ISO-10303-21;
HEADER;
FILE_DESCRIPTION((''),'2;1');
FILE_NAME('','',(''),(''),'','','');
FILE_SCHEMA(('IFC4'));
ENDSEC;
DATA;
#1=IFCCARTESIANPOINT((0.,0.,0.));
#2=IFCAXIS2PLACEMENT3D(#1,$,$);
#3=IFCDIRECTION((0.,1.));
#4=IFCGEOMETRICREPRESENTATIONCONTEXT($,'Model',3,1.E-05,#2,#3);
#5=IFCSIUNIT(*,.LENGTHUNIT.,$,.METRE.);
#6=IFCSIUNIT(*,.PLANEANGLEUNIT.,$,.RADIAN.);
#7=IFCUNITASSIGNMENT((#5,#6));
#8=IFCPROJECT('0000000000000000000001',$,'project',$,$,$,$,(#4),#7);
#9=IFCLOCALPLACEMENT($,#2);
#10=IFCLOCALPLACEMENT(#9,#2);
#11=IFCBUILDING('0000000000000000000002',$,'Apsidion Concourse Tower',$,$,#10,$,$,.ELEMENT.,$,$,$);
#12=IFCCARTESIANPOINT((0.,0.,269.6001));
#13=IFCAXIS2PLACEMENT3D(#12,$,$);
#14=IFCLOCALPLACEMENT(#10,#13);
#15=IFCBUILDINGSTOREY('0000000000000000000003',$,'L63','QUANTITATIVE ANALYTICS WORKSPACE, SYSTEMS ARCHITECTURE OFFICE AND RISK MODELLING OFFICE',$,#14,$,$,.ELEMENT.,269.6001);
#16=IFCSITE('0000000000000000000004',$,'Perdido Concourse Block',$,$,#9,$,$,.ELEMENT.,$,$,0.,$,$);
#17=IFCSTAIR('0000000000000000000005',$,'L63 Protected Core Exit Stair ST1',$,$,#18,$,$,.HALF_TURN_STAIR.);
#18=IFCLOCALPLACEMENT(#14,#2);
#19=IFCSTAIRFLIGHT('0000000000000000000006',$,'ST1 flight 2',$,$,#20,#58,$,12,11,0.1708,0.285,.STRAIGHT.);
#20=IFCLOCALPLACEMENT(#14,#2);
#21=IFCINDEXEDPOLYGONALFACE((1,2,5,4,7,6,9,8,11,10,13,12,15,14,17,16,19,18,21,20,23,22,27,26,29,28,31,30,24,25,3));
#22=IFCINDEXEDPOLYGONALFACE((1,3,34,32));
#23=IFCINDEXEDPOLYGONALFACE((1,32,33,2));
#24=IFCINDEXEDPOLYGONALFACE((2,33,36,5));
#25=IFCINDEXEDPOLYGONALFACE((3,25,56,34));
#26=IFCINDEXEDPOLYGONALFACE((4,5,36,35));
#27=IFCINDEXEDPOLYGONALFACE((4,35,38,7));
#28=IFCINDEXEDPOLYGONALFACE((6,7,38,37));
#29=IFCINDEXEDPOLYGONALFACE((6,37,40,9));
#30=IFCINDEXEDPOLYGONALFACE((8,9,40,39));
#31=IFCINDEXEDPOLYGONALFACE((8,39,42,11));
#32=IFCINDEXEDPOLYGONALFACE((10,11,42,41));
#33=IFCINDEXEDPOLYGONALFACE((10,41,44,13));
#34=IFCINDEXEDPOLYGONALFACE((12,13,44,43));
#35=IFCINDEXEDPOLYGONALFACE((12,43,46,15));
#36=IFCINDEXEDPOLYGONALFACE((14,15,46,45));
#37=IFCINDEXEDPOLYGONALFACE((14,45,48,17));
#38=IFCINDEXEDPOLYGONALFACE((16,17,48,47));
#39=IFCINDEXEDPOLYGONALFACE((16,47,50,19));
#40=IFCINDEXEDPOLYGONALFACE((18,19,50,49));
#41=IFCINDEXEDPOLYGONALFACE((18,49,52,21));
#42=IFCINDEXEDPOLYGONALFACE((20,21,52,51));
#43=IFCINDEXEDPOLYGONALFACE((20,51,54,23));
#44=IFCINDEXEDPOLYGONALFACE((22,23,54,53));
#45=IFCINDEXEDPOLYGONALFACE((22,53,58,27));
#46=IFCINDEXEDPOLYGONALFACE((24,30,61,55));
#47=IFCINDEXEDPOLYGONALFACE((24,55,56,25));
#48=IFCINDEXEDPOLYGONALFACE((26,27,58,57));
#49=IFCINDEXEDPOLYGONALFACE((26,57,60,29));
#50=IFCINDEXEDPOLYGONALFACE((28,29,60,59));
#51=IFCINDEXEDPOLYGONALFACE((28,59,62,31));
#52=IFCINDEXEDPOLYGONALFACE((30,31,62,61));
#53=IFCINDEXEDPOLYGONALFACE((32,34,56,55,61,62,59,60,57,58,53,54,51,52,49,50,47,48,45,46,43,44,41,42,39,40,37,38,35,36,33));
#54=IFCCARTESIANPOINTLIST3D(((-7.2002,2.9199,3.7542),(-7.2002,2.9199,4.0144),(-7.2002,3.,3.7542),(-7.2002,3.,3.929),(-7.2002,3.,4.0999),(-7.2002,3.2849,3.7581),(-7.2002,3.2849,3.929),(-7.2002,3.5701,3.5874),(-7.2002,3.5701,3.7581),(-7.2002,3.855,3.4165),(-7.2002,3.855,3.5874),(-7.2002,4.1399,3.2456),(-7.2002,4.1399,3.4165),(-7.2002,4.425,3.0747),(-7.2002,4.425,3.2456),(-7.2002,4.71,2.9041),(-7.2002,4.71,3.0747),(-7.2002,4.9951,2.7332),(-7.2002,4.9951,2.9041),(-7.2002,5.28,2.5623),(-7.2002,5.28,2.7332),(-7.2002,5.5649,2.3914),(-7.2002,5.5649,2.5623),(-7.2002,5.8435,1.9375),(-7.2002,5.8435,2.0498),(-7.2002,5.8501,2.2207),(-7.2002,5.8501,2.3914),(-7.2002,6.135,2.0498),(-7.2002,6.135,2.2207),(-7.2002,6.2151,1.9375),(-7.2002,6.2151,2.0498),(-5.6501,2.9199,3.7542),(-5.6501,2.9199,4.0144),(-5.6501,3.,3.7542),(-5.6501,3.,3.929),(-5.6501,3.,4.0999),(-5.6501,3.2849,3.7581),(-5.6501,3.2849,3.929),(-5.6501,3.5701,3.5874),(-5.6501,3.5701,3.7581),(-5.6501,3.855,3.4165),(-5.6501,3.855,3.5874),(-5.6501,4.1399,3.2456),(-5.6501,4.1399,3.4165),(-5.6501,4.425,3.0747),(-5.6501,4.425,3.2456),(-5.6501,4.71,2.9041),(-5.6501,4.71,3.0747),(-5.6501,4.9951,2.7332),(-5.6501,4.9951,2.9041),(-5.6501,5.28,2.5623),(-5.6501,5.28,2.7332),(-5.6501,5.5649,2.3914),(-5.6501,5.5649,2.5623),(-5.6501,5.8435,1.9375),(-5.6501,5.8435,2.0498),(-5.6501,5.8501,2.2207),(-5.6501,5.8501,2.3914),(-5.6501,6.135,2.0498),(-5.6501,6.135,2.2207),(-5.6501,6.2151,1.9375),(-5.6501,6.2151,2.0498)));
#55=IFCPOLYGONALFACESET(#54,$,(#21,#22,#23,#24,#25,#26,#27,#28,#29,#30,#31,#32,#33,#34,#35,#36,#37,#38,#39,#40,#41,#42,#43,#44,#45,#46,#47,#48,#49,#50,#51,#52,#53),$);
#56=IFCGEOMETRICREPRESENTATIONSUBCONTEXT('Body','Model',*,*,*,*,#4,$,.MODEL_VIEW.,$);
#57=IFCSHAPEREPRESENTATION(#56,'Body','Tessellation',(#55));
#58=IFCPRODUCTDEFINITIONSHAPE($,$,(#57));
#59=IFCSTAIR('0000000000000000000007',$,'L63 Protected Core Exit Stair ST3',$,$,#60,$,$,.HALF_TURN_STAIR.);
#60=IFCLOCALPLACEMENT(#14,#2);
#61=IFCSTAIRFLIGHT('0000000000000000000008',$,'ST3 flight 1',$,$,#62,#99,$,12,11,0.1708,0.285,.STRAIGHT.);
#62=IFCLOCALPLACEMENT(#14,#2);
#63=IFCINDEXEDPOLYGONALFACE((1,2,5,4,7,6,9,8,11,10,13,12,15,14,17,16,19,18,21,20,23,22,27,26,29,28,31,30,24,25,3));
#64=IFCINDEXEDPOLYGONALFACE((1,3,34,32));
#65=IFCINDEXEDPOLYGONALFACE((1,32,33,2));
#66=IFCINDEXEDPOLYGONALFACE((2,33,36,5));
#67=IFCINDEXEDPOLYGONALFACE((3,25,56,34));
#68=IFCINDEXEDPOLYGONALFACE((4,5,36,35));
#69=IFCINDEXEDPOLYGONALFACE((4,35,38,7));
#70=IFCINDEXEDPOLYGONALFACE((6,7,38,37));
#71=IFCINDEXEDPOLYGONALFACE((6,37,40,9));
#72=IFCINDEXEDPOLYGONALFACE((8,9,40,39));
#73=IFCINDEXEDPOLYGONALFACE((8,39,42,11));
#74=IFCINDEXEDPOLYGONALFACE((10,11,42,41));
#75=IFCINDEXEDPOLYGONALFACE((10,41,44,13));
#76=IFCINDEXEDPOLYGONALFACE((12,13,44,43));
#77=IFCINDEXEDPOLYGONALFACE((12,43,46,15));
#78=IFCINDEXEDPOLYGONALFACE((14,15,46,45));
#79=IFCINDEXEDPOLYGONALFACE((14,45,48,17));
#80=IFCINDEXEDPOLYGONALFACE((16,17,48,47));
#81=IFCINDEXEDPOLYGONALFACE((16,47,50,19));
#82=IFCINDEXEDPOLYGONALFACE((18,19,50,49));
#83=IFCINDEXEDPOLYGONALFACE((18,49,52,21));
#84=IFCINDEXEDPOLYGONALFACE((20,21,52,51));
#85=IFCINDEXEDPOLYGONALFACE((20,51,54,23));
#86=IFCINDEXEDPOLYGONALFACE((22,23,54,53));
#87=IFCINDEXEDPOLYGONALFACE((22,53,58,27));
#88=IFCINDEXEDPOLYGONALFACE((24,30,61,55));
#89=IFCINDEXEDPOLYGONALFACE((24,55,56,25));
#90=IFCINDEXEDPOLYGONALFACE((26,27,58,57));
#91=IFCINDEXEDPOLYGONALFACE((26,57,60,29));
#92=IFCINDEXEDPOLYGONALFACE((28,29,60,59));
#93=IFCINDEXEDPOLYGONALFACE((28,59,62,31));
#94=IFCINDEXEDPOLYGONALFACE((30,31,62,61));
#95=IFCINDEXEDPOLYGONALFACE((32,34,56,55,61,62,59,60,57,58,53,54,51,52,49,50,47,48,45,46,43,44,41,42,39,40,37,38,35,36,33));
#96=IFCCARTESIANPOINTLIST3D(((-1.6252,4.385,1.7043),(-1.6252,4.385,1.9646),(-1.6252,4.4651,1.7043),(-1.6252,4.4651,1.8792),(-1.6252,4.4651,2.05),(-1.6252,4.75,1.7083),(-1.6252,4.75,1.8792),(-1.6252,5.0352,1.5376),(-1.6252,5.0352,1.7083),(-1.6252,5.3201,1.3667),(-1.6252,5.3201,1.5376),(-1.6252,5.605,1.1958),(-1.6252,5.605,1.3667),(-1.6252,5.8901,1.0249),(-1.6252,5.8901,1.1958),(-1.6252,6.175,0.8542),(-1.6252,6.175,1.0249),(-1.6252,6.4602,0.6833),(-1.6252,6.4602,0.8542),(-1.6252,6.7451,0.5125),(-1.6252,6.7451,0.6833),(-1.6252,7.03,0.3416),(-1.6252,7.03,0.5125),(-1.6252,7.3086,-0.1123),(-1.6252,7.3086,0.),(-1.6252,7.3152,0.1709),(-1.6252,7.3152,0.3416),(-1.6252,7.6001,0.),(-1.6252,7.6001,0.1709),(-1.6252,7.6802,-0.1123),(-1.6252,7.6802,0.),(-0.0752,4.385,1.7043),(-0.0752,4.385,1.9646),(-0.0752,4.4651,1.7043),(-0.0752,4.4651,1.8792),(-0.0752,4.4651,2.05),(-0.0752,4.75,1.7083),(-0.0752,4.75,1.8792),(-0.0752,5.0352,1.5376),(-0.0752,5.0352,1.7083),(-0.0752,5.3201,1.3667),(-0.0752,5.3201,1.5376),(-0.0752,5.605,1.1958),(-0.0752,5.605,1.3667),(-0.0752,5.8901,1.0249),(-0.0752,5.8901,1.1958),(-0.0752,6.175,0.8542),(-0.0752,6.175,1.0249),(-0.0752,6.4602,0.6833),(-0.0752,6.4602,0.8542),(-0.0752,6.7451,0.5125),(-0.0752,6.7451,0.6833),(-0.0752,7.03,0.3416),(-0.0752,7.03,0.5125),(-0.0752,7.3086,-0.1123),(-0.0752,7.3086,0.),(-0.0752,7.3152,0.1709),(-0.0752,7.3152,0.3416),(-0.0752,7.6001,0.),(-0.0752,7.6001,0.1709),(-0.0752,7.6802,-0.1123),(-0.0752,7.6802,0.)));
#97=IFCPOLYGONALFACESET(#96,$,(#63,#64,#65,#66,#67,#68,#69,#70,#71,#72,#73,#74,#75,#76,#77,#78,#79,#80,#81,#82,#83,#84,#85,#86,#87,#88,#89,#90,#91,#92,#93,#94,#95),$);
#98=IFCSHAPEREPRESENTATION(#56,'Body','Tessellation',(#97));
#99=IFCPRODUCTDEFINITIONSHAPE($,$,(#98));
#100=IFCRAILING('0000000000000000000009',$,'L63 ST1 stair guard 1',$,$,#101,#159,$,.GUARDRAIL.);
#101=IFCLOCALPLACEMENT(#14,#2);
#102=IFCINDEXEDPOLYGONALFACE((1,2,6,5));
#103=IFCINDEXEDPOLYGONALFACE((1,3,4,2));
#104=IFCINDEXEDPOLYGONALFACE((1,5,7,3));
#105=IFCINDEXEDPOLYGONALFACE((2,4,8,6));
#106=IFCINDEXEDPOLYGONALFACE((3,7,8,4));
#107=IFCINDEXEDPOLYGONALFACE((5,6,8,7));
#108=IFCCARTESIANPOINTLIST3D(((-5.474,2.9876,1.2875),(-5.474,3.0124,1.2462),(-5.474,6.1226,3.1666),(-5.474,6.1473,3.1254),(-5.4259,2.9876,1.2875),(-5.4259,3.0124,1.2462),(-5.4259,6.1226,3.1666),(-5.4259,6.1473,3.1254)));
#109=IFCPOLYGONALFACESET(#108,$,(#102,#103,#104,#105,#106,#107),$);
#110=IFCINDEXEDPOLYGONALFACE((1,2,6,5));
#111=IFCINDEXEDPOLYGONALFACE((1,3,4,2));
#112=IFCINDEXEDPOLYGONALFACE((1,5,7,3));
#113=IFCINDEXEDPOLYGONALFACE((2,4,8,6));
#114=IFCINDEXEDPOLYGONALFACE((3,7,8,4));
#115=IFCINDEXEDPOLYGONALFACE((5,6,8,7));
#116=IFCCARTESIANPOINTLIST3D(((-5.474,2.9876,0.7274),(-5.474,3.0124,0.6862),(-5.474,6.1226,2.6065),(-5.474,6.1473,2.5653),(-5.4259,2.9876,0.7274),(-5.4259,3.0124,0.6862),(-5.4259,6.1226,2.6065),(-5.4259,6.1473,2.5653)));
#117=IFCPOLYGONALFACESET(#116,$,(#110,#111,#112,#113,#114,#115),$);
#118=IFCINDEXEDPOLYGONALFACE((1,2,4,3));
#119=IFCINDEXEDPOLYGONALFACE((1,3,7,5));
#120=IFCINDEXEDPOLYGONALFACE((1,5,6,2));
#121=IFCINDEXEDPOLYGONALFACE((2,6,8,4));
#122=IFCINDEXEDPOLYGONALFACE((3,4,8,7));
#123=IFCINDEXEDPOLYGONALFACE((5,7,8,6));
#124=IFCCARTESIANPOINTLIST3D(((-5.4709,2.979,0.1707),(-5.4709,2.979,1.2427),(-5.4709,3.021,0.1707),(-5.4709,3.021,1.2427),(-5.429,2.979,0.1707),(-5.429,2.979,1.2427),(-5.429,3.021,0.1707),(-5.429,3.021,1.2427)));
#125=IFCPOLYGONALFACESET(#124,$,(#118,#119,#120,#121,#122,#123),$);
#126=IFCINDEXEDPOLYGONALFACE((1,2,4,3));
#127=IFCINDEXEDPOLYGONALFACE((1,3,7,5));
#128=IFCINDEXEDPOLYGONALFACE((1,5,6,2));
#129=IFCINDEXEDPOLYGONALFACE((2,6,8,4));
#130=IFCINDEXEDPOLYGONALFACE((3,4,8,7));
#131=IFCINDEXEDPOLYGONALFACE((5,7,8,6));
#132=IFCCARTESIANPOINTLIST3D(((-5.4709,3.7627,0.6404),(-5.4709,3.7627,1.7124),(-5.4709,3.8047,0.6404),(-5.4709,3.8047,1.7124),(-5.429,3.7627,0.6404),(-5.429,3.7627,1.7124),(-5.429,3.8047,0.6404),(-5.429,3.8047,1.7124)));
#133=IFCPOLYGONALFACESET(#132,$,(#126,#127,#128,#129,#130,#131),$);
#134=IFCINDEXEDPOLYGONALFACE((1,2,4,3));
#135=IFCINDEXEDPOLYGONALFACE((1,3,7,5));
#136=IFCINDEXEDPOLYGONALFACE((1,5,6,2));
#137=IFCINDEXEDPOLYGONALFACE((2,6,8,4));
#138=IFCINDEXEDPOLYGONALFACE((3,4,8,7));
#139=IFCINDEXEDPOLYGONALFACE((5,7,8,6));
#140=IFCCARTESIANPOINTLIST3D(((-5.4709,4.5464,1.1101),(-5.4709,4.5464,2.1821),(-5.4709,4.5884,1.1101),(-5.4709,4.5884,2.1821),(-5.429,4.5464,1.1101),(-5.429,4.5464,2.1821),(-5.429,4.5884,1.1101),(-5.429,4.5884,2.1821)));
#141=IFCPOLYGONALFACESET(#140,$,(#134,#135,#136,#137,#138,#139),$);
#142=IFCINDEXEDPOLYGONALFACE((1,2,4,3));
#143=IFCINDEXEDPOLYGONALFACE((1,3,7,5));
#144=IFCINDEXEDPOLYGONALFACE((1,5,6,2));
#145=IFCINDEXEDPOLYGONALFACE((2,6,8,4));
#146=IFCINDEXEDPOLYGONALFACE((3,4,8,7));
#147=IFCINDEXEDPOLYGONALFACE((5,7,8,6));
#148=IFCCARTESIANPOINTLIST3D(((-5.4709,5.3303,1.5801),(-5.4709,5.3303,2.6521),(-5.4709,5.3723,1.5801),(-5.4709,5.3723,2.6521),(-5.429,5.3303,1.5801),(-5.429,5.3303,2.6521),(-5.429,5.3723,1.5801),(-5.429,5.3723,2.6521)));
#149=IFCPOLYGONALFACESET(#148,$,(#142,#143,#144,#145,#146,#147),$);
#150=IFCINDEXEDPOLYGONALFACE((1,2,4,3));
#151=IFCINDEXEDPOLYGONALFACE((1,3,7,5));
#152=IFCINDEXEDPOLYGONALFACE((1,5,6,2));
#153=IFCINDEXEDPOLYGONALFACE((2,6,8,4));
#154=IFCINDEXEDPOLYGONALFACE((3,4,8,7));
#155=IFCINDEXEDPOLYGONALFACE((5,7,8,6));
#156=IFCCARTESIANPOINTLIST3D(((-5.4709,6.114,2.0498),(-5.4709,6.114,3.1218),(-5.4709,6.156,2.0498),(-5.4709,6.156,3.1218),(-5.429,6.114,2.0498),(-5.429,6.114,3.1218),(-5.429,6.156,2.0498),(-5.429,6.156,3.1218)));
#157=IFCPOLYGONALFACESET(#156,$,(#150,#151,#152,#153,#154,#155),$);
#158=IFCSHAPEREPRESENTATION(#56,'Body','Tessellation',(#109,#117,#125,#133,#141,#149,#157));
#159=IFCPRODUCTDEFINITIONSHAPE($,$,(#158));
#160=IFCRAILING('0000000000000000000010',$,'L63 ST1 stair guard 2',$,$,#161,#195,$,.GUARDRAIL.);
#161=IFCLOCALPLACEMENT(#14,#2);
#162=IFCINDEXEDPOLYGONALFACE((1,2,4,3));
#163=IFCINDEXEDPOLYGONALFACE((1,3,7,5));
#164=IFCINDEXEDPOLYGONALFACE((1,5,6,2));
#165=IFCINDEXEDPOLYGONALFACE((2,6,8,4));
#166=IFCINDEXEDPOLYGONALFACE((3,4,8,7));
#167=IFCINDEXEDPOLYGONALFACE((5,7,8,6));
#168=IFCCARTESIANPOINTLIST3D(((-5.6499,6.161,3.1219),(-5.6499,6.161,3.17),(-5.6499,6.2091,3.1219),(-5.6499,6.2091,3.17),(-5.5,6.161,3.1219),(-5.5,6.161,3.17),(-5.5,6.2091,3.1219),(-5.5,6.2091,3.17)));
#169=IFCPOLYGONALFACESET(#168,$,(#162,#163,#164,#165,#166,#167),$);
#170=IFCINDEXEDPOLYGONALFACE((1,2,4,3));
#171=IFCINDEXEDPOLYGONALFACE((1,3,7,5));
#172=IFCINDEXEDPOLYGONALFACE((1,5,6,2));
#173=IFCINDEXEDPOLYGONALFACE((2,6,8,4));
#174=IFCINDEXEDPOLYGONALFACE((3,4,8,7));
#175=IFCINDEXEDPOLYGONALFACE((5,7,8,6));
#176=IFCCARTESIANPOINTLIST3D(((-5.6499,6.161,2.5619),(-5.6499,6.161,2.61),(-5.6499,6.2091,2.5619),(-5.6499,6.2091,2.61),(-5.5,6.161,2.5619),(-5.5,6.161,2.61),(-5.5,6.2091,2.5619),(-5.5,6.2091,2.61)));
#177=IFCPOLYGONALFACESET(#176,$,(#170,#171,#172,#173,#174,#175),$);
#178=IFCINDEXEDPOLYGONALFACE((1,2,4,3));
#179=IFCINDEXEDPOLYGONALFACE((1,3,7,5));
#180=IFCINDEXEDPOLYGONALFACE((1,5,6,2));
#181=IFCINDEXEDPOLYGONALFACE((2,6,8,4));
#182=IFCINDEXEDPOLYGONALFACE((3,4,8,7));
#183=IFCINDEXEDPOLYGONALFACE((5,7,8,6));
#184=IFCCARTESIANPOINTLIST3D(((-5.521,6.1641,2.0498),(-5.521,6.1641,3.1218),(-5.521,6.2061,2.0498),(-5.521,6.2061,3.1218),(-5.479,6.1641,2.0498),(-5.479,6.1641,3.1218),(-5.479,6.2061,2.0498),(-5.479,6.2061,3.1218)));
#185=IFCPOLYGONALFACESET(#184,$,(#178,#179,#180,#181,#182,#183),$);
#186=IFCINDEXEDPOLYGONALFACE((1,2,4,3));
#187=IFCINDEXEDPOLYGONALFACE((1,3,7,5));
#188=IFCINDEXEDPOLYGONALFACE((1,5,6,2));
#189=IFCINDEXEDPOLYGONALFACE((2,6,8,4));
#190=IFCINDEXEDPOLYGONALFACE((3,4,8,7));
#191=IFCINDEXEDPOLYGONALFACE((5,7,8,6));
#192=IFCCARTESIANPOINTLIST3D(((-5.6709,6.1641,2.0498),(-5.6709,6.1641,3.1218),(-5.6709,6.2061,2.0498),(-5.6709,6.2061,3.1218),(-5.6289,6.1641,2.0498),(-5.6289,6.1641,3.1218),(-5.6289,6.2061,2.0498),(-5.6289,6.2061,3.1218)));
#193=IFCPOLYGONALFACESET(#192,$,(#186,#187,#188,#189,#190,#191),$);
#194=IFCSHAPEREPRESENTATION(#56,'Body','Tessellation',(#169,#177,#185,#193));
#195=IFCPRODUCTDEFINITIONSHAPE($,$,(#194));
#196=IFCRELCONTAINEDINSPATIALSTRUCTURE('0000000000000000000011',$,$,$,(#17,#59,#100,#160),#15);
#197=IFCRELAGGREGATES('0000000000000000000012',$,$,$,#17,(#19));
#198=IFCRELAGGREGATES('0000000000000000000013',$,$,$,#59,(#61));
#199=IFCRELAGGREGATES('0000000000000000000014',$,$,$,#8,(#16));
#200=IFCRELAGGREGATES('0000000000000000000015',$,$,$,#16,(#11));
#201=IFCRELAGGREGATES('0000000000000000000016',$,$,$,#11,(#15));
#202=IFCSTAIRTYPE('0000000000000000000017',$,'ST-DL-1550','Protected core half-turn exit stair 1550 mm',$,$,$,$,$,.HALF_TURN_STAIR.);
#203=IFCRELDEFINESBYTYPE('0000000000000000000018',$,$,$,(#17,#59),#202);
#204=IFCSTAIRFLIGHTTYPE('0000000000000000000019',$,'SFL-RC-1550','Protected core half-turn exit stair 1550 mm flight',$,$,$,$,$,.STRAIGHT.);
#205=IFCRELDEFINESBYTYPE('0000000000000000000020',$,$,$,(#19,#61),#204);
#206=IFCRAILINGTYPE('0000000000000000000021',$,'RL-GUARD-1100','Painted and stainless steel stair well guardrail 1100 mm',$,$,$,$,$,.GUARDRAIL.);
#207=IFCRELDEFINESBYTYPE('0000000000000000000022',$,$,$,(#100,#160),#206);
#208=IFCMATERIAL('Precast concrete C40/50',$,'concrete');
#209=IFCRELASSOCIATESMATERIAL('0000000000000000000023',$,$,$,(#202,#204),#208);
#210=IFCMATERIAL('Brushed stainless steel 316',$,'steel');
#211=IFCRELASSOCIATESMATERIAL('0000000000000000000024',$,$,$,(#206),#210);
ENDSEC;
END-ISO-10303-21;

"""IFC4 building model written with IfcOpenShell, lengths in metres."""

from ifc_helpers import new_model, si_unit, direction, frame, origin, origin_2d, place, context, subcontext, project, spatial, polyline, rectangle, outline, extrude, material, type_object, element, aggregate, save


model = new_model("IFC4")

# Units and contexts
model_context = context("Model", 3, precision=1e-05, world=origin(), true_north=direction((0.0, 1.0)))
body_context = subcontext(model_context, "Body", "Model", "MODEL_VIEW")
ifc_project = project(units=[si_unit("LENGTHUNIT", "METRE"), si_unit("PLANEANGLEUNIT", "RADIAN")], contexts=[model_context])

# Site, building, storey
site_placement = place(None, origin())
site = spatial("IfcSite", under=ifc_project, at=site_placement, Name="Perdido Concourse Block", CompositionType="ELEMENT", RefElevation=0.0)
building_placement = place(site_placement, origin())
building = spatial("IfcBuilding", under=site, at=building_placement, Name="Apsidion Concourse Tower", CompositionType="ELEMENT")
storey_placement = place(building_placement, frame((0.0, 0.0, 269.6001)))
storey = spatial("IfcBuildingStorey", under=building, at=storey_placement, Name="L63", Description="QUANTITATIVE ANALYTICS WORKSPACE, SYSTEMS ARCHITECTURE OFFICE AND RISK MODELLING OFFICE", CompositionType="ELEMENT", Elevation=269.6001)

# Shared definitions
ifc_material_1 = material(Name="Brushed stainless steel 316", Category="steel")

# Stair, stair flight
ifc_material_2 = material(Name="Precast concrete C40/50", Category="concrete")
stair_type = type_object("IfcStairType", Name="ST-DL-1550", Description="Protected core half-turn exit stair 1550 mm", PredefinedType="HALF_TURN_STAIR", material=ifc_material_2)
stair_1_placement = place(storey_placement, origin())
stair_1 = element("IfcStair", 1, at=stair_1_placement, inside=storey, type_object=stair_type, Name="L63 Protected Core Exit Stair ST1", PredefinedType="HALF_TURN_STAIR")
stair_flight_type = type_object("IfcStairFlightType", Name="SFL-RC-1550", Description="Protected core half-turn exit stair 1550 mm flight", PredefinedType="STRAIGHT", material=ifc_material_2)
stair_flight_1_placement = place(storey_placement, frame((-6.425, 6.135, 2.0498), z_axis=(0.0, 0.0, 1.0), x_axis=(0.0, -1.0, 0.0)))
stair_flight_1 = element("IfcStairFlight", 2, at=stair_flight_1_placement, type_object=stair_flight_type, Name="ST1 flight 2", NumberOfRisers=12, NumberOfTreads=11, PredefinedType="STRAIGHT", RiserHeight=0.1708, TreadLength=0.285, context=body_context, shape_type="SweptSolid", body=[
    extrude(outline(polyline([(-0.0801, -0.1123), (-0.0801, 0.0), (0.0, 0.0), (0.0, 0.1709), (0.2849, 0.1709), (0.2849, 0.3416), (0.5701, 0.3416), (0.5701, 0.5125), (0.855, 0.5125), (0.855, 0.6833), (1.1399, 0.6833), (1.1399, 0.8542), (1.425, 0.8542), (1.425, 1.0249), (1.71, 1.0249), (1.71, 1.1958), (1.9951, 1.1958), (1.9951, 1.3667), (2.28, 1.3667), (2.28, 1.5376), (2.5649, 1.5376), (2.5649, 1.7083), (2.8501, 1.7083), (2.8501, 1.8792), (3.135, 1.8792), (3.135, 2.05), (3.2151, 1.9646), (3.2151, 1.7043), (3.135, 1.7043), (0.2915, 0.0), (0.2915, -0.1123), (-0.0801, -0.1123)])), frame((0.0, 0.7749, 0.0), z_axis=(0.0, -1.0, 0.0), x_axis=(1.0, 0.0, 0.0)), (0.0, 0.0, 1.0), 1.55),
])
aggregate(stair_1, [stair_flight_1])

# Stair, stair flight
stair_2_placement = place(storey_placement, origin())
stair_2 = element("IfcStair", 3, at=stair_2_placement, inside=storey, type_object=stair_type, Name="L63 Protected Core Exit Stair ST3", PredefinedType="HALF_TURN_STAIR")
stair_flight_2_placement = place(storey_placement, frame((-0.8501, 7.6001, 0.0), z_axis=(0.0, 0.0, 1.0), x_axis=(0.0, -1.0, 0.0)))
stair_flight_2 = element("IfcStairFlight", 4, at=stair_flight_2_placement, type_object=stair_flight_type, Name="ST3 flight 1", NumberOfRisers=12, NumberOfTreads=11, PredefinedType="STRAIGHT", RiserHeight=0.1708, TreadLength=0.285, context=body_context, shape_type="SweptSolid", body=[
    extrude(outline(polyline([(-0.0801, -0.1123), (-0.0801, 0.0), (0.0, 0.0), (0.0, 0.1709), (0.2849, 0.1709), (0.2849, 0.3416), (0.5701, 0.3416), (0.5701, 0.5125), (0.855, 0.5125), (0.855, 0.6833), (1.1399, 0.6833), (1.1399, 0.8542), (1.425, 0.8542), (1.425, 1.0249), (1.71, 1.0249), (1.71, 1.1958), (1.9951, 1.1958), (1.9951, 1.3667), (2.28, 1.3667), (2.28, 1.5376), (2.5649, 1.5376), (2.5649, 1.7083), (2.8501, 1.7083), (2.8501, 1.8792), (3.135, 1.8792), (3.135, 2.05), (3.2151, 1.9646), (3.2151, 1.7043), (3.135, 1.7043), (0.2915, 0.0), (0.2915, -0.1123), (-0.0801, -0.1123)])), frame((0.0, 0.7749, 0.0), z_axis=(0.0, -1.0, 0.0), x_axis=(1.0, 0.0, 0.0)), (0.0, 0.0, 1.0), 1.55),
])
aggregate(stair_2, [stair_flight_2])

# Railings
railing_type_1 = type_object("IfcRailingType", Name="RL-GUARD-1100", Description="Painted and stainless steel stair well guardrail 1100 mm", PredefinedType="GUARDRAIL", material=ifc_material_1)
railing_1_placement = place(storey_placement, frame((-5.45, 3.0, 0.1707)))
element("IfcRailing", 5, at=railing_1_placement, inside=storey, type_object=railing_type_1, Name="L63 ST1 stair guard 1", PredefinedType="GUARDRAIL", context=body_context, shape_type="SweptSolid", body=[
    extrude(rectangle(XDim=0.0481, YDim=0.0481, at=origin_2d()), frame((0.0, 0.0, 1.0962), z_axis=(0.0, 0.857717, 0.514122), x_axis=(-1.0, 0.0, 0.0)), (0.0, 0.0, 1.0), 3.655),
    extrude(rectangle(XDim=0.0481, YDim=0.0481, at=origin_2d()), frame((0.0, 0.0, 0.5361), z_axis=(0.0, 0.857717, 0.514122), x_axis=(-1.0, 0.0, 0.0)), (0.0, 0.0, 1.0), 3.655),
    extrude(rectangle(XDim=0.042, YDim=0.042, at=origin_2d()), origin(), (0.0, 0.0, 1.0), 1.072),
    extrude(rectangle(XDim=0.042, YDim=0.042, at=origin_2d()), frame((0.0, 0.7837, 0.4697)), (0.0, 0.0, 1.0), 1.072),
    extrude(rectangle(XDim=0.042, YDim=0.042, at=origin_2d()), frame((0.0, 1.5674, 0.9395)), (0.0, 0.0, 1.0), 1.072),
    extrude(rectangle(XDim=0.042, YDim=0.042, at=origin_2d()), frame((0.0, 2.3513, 1.4094)), (0.0, 0.0, 1.0), 1.072),
    extrude(rectangle(XDim=0.042, YDim=0.042, at=origin_2d()), frame((0.0, 3.135, 1.8792)), (0.0, 0.0, 1.0), 1.072),
])
railing_2_placement = place(storey_placement, frame((-5.5, 6.1851, 2.0498)))
element("IfcRailing", 6, at=railing_2_placement, inside=storey, type_object=railing_type_1, Name="L63 ST1 stair guard 2", PredefinedType="GUARDRAIL", context=body_context, shape_type="SweptSolid", body=[
    extrude(rectangle(XDim=0.0481, YDim=0.0481, at=origin_2d()), frame((0.0, 0.0, 1.0962), z_axis=(-1.0, 0.0, 0.0), x_axis=(0.0, -1.0, 0.0)), (0.0, 0.0, 1.0), 0.1499),
    extrude(rectangle(XDim=0.0481, YDim=0.0481, at=origin_2d()), frame((0.0, 0.0, 0.5361), z_axis=(-1.0, 0.0, 0.0), x_axis=(0.0, -1.0, 0.0)), (0.0, 0.0, 1.0), 0.1499),
    extrude(rectangle(XDim=0.042, YDim=0.042, at=origin_2d()), origin(), (0.0, 0.0, 1.0), 1.072),
    extrude(rectangle(XDim=0.042, YDim=0.042, at=origin_2d()), frame((-0.1499, 0.0, 0.0)), (0.0, 0.0, 1.0), 1.072),
])

save(model, "model.ifc")
